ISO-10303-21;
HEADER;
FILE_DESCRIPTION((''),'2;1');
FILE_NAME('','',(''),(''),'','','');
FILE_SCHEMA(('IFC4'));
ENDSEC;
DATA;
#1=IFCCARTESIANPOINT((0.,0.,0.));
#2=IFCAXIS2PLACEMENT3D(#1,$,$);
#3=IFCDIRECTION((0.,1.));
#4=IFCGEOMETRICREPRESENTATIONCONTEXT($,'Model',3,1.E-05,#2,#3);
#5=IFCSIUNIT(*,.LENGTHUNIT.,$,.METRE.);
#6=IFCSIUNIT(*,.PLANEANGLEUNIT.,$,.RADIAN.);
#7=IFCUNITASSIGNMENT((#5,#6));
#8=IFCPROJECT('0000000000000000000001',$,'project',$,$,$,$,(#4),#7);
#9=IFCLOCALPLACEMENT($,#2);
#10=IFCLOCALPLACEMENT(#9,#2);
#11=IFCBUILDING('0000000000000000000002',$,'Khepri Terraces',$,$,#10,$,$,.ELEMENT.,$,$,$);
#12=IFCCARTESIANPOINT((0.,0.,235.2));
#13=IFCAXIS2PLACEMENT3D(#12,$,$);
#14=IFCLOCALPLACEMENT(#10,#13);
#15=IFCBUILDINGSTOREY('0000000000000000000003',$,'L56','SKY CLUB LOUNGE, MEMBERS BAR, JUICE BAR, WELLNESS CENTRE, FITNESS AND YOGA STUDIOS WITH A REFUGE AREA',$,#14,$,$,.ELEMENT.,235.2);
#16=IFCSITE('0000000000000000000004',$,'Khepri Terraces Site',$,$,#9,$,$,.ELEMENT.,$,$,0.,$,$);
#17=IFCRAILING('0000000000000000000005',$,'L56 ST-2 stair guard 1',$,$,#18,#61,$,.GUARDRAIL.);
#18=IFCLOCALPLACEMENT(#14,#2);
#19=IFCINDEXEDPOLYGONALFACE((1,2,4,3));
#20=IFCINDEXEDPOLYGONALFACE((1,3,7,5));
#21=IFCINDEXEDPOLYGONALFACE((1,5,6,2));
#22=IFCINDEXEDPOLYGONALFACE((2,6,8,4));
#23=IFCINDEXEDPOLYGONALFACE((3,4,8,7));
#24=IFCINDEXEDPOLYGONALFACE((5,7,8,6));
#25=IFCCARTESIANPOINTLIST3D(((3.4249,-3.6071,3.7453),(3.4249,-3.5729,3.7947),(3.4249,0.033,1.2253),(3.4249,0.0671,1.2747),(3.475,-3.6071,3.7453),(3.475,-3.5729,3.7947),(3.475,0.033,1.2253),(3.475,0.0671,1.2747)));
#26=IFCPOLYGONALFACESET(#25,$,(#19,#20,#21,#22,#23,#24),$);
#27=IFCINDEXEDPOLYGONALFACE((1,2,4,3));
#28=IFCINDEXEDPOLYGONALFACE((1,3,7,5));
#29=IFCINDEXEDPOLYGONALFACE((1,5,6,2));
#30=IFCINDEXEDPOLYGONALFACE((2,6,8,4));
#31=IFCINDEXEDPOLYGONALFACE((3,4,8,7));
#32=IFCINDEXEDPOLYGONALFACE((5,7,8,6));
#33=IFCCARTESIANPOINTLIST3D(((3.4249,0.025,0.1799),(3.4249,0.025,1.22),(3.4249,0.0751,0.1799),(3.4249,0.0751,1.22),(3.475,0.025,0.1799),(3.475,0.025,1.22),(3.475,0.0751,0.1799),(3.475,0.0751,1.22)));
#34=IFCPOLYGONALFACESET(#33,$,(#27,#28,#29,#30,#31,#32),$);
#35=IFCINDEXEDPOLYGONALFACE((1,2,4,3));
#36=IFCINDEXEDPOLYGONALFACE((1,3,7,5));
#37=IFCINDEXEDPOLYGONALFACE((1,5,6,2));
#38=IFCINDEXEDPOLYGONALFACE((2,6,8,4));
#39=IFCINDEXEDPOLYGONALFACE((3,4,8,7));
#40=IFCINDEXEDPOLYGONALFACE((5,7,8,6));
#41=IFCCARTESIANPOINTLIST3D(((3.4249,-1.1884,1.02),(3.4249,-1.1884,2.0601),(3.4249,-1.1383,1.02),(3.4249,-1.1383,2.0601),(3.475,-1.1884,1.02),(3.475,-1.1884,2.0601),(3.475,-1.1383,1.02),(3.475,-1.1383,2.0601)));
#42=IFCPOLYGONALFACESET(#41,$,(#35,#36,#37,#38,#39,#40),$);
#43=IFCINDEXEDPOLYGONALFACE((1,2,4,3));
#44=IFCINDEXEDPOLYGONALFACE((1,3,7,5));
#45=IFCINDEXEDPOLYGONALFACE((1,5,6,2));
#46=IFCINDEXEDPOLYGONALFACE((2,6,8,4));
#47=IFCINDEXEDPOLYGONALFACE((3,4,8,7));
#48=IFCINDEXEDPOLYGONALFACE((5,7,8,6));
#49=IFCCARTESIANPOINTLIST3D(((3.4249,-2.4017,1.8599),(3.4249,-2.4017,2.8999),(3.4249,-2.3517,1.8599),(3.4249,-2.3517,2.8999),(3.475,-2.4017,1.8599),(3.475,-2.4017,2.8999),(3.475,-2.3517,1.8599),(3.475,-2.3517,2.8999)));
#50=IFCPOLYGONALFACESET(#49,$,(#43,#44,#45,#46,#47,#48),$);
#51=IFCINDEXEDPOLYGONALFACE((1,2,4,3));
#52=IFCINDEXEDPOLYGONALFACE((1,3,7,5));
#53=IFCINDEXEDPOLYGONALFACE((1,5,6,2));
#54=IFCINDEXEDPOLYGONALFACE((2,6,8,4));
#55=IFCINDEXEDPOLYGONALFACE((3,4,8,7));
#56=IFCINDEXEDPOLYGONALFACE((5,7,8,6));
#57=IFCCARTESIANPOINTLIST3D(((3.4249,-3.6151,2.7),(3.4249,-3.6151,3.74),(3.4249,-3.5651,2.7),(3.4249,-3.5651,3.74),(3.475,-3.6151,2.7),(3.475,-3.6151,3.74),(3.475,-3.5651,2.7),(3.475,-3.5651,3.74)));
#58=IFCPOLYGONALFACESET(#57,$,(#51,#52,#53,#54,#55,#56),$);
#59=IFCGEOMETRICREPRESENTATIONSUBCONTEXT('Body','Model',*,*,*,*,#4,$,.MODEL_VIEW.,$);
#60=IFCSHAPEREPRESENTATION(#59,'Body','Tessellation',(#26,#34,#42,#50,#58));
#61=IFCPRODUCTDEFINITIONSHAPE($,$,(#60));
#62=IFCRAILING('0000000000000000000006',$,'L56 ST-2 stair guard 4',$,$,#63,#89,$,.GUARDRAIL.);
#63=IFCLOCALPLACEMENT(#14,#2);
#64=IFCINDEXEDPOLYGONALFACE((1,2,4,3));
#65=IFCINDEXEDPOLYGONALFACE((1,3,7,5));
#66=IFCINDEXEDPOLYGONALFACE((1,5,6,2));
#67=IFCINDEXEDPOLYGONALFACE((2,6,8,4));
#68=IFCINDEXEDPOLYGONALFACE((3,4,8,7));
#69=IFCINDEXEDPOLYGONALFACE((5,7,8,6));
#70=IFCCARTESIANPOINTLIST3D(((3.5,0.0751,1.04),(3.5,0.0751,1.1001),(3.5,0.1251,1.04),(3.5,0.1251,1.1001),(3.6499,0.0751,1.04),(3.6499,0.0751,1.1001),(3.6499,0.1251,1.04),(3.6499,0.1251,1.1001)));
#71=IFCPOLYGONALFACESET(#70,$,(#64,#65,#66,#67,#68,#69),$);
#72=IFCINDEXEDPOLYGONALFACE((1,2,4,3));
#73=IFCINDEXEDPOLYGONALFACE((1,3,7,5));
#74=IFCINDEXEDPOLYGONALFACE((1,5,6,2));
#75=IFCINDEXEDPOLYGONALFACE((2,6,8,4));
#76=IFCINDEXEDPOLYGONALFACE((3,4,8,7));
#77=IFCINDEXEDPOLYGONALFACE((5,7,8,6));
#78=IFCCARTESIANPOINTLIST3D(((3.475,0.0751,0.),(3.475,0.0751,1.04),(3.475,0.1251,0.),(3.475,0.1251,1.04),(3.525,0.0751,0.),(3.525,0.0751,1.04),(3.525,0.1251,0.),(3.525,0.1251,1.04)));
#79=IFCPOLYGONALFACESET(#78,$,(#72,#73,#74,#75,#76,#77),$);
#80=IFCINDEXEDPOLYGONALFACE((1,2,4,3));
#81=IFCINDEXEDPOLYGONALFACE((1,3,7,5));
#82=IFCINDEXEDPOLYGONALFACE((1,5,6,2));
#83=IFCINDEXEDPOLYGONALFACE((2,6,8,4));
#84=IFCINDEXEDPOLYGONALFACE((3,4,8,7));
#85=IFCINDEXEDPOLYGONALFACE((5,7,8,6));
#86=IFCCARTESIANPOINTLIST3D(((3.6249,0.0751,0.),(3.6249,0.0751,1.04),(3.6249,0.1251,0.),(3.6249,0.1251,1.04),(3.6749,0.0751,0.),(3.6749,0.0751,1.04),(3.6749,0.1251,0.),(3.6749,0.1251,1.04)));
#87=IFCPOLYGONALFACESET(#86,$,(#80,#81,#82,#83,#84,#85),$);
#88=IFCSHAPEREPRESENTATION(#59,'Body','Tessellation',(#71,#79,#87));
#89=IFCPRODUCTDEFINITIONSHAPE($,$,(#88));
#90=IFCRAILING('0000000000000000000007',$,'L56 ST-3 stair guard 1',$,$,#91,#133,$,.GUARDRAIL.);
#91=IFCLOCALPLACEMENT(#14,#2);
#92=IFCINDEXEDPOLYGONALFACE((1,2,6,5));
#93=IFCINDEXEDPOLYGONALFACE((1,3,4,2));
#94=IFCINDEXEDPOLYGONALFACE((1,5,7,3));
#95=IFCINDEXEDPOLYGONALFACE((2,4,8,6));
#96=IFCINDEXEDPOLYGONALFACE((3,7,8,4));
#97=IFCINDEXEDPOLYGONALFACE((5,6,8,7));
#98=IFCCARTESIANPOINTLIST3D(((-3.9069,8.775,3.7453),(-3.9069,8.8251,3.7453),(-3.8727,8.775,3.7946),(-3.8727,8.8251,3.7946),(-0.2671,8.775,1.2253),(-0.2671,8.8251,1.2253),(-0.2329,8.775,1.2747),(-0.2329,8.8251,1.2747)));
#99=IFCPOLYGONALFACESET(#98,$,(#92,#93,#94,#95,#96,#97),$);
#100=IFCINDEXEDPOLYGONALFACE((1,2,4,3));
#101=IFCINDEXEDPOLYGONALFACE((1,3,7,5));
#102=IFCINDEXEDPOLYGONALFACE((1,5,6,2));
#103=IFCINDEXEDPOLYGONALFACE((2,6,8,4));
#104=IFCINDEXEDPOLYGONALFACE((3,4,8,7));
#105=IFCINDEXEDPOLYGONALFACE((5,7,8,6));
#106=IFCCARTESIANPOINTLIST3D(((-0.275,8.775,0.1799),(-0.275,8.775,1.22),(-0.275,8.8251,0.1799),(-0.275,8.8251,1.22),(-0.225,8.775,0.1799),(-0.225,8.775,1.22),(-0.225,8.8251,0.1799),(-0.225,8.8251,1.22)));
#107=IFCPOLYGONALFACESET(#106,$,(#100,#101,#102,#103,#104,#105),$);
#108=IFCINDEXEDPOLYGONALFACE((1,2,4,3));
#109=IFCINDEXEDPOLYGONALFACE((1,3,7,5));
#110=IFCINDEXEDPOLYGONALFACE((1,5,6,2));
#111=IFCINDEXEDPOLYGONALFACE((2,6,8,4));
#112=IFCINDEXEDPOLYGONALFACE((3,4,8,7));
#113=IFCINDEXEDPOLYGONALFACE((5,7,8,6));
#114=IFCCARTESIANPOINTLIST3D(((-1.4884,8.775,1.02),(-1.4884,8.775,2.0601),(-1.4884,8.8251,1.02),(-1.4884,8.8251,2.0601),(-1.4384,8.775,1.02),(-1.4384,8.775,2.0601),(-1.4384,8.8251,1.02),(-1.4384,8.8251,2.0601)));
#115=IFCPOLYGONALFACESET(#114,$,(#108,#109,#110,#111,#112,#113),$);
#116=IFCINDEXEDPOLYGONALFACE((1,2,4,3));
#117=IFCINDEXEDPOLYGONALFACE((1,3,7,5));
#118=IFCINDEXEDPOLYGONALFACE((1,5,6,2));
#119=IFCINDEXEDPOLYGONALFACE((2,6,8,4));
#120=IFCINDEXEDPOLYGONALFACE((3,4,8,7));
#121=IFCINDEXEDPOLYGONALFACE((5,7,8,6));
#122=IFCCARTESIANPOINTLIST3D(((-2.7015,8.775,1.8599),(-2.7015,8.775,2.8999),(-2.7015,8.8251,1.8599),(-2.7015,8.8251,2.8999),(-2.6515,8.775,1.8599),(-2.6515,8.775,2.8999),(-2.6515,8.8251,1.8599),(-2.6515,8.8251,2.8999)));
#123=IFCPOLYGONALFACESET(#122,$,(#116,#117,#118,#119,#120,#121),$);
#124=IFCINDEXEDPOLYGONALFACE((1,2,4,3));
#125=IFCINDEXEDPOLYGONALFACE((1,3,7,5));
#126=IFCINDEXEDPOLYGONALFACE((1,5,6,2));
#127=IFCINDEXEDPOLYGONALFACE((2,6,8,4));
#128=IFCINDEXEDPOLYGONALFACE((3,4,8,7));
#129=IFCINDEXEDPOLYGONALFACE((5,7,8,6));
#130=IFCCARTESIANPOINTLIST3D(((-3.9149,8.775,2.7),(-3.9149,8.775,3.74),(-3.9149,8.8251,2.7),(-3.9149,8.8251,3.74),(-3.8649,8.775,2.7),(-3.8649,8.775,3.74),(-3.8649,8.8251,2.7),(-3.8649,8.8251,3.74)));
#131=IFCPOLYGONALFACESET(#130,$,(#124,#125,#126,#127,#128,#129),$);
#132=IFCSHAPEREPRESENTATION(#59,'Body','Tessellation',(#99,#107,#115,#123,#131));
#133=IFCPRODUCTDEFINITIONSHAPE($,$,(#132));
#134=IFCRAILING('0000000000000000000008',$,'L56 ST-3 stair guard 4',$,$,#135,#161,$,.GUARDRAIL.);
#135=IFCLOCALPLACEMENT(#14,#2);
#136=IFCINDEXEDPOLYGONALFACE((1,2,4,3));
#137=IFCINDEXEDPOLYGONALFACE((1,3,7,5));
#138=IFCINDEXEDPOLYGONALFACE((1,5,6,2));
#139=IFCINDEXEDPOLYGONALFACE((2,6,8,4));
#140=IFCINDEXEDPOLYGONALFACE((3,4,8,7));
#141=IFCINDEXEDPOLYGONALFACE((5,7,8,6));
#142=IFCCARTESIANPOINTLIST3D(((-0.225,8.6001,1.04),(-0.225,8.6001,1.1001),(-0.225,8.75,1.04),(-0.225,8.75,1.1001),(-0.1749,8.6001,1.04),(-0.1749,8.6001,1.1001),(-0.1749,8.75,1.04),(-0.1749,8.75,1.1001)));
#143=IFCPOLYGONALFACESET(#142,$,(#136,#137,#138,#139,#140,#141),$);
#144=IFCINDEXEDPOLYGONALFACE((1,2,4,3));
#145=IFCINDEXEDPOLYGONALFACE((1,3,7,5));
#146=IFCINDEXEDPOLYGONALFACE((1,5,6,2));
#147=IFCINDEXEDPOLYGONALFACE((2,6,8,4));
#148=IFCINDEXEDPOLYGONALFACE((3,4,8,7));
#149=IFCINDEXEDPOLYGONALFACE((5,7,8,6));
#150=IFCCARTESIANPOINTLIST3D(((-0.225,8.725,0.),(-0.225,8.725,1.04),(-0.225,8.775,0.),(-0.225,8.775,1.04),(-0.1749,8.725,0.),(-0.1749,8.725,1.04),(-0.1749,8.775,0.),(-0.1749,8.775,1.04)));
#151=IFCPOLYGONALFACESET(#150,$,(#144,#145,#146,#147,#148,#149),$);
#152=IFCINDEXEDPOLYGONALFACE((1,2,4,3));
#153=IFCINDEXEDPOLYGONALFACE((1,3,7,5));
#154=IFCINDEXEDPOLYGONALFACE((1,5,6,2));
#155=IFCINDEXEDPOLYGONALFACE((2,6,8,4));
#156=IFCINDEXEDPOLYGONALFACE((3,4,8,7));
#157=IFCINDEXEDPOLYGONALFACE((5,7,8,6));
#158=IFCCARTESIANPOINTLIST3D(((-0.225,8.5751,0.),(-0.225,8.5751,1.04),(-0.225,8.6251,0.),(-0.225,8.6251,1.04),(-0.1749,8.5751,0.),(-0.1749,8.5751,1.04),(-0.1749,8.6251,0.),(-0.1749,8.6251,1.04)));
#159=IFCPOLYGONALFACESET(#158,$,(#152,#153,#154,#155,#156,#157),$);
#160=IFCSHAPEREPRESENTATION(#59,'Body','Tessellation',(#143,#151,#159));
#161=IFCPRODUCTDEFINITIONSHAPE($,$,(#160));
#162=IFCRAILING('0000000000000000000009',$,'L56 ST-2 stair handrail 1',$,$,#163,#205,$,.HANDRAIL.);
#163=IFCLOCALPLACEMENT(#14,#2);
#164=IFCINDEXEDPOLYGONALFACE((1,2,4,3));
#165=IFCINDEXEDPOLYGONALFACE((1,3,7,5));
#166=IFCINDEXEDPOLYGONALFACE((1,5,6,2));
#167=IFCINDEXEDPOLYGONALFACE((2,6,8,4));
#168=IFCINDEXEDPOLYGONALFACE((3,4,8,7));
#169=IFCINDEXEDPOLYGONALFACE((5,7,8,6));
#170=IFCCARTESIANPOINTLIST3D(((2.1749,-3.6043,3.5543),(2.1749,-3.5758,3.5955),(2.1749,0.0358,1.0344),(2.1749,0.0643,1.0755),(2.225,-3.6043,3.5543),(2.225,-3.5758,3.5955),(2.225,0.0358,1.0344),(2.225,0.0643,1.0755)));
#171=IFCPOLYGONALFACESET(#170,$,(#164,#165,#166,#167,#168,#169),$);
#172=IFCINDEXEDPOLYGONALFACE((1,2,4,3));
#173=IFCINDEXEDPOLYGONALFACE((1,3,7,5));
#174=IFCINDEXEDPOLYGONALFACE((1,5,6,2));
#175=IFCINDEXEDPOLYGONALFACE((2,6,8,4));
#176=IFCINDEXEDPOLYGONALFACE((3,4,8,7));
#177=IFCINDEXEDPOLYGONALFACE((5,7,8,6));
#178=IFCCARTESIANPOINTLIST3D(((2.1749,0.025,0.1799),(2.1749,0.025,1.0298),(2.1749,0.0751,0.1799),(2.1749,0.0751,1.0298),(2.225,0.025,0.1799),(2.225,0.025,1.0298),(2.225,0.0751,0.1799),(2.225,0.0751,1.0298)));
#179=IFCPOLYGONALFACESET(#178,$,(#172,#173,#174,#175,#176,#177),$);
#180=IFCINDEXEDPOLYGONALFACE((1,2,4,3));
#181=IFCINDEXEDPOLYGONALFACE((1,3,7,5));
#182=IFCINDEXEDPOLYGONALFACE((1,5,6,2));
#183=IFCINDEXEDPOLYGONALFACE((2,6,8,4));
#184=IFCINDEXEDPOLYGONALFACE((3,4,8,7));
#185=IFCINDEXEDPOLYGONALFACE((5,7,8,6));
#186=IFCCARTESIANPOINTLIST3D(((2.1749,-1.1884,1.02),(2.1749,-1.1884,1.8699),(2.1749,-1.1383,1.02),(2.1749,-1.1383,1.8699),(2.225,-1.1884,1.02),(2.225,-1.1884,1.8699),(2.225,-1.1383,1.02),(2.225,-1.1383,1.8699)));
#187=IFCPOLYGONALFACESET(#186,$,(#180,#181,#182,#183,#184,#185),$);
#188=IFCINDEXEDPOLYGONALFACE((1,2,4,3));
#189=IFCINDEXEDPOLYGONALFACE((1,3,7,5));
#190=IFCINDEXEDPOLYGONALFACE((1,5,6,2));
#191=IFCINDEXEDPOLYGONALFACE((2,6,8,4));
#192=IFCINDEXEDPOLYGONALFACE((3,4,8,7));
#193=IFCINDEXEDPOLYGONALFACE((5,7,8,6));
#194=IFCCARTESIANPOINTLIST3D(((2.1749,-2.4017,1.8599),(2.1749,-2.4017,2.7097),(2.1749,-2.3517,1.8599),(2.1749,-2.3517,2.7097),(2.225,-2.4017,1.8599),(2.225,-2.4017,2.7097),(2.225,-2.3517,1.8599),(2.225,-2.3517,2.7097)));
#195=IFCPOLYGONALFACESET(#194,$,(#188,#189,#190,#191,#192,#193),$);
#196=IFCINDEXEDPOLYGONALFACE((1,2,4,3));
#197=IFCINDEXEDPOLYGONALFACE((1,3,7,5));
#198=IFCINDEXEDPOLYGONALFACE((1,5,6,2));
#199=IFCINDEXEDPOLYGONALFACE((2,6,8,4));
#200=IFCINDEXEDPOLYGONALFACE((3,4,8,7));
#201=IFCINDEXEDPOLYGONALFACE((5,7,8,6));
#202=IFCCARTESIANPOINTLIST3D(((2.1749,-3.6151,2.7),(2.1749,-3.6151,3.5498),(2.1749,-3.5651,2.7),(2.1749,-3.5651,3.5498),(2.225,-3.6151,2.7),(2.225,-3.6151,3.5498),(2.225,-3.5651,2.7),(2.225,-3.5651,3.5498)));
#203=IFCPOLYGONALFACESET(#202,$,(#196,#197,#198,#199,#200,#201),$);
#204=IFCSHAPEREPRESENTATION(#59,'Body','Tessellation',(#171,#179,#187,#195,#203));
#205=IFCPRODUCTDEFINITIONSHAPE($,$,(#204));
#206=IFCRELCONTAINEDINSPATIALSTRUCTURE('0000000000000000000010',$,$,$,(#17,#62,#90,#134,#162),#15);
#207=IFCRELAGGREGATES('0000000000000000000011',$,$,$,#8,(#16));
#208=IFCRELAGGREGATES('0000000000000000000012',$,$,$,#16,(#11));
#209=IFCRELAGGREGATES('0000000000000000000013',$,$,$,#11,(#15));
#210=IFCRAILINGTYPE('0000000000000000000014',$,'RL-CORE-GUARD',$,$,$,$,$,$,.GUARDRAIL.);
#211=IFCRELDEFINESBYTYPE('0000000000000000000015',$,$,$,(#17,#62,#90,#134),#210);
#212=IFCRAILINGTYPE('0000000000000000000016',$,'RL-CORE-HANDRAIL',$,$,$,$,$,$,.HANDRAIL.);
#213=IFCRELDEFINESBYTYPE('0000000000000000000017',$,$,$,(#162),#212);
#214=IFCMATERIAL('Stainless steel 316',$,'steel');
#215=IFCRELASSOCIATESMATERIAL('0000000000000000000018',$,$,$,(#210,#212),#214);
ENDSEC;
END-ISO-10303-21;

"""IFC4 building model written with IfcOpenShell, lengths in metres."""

from ifc_helpers import new_model, si_unit, direction, frame, origin, origin_2d, place, context, subcontext, project, spatial, rectangle, extrude, material, type_object, element, save


model = new_model("IFC4")

# Units and contexts
model_context = context("Model", 3, precision=1e-05, world=origin(), true_north=direction((0.0, 1.0)))
body_context = subcontext(model_context, "Body", "Model", "MODEL_VIEW")
ifc_project = project(units=[si_unit("LENGTHUNIT", "METRE"), si_unit("PLANEANGLEUNIT", "RADIAN")], contexts=[model_context])

# Site, building, storey
site_placement = place(None, origin())
site = spatial("IfcSite", under=ifc_project, at=site_placement, Name="Khepri Terraces Site", CompositionType="ELEMENT", RefElevation=0.0)
building_placement = place(site_placement, origin())
building = spatial("IfcBuilding", under=site, at=building_placement, Name="Khepri Terraces", CompositionType="ELEMENT")
storey_placement = place(building_placement, frame((0.0, 0.0, 235.2)))
storey = spatial("IfcBuildingStorey", under=building, at=storey_placement, Name="L56", Description="SKY CLUB LOUNGE, MEMBERS BAR, JUICE BAR, WELLNESS CENTRE, FITNESS AND YOGA STUDIOS WITH A REFUGE AREA", CompositionType="ELEMENT", Elevation=235.2)

# Railings
ifc_material_1 = material(Name="Stainless steel 316", Category="steel")
railing_type_1 = type_object("IfcRailingType", Name="RL-CORE-GUARD", PredefinedType="GUARDRAIL", material=ifc_material_1)
railing_1_placement = place(storey_placement, frame((3.45, 0.05, 0.1799)))
element("IfcRailing", 1, at=railing_1_placement, inside=storey, type_object=railing_type_1, Name="L56 ST-2 stair guard 1", PredefinedType="GUARDRAIL", context=body_context, shape_type="SweptSolid", body=[
    extrude(rectangle(XDim=0.05, YDim=0.0601, at=origin_2d()), frame((0.0, 0.0, 1.0701), z_axis=(0.0, -0.8222, 0.569199), x_axis=(1.0, 0.0, 0.0)), (0.0, 0.0, 1.0), 4.4272),
    extrude(rectangle(XDim=0.05, YDim=0.05, at=origin_2d()), origin(), (0.0, 0.0, 1.0), 1.04),
    extrude(rectangle(XDim=0.05, YDim=0.05, at=origin_2d()), frame((0.0, -1.2134, 0.8401)), (0.0, 0.0, 1.0), 1.04),
    extrude(rectangle(XDim=0.05, YDim=0.05, at=origin_2d()), frame((0.0, -2.4268, 1.6799)), (0.0, 0.0, 1.0), 1.04),
    extrude(rectangle(XDim=0.05, YDim=0.05, at=origin_2d()), frame((0.0, -3.6401, 2.52)), (0.0, 0.0, 1.0), 1.04),
])
railing_2_placement = place(storey_placement, frame((3.5, 0.1001, 0.0)))
element("IfcRailing", 2, at=railing_2_placement, inside=storey, type_object=railing_type_1, Name="L56 ST-2 stair guard 4", PredefinedType="GUARDRAIL", context=body_context, shape_type="SweptSolid", body=[
    extrude(rectangle(XDim=0.05, YDim=0.0601, at=origin_2d()), frame((0.0, 0.0, 1.0701), z_axis=(1.0, 0.0, 0.0), x_axis=(0.0, 1.0, 0.0)), (0.0, 0.0, 1.0), 0.1499),
    extrude(rectangle(XDim=0.05, YDim=0.05, at=origin_2d()), origin(), (0.0, 0.0, 1.0), 1.04),
    extrude(rectangle(XDim=0.05, YDim=0.05, at=origin_2d()), frame((0.1499, 0.0, 0.0)), (0.0, 0.0, 1.0), 1.04),
])
railing_3_placement = place(storey_placement, frame((-0.25, 8.8, 0.1799)))
element("IfcRailing", 3, at=railing_3_placement, inside=storey, type_object=railing_type_1, Name="L56 ST-3 stair guard 1", PredefinedType="GUARDRAIL", context=body_context, shape_type="SweptSolid", body=[
    extrude(rectangle(XDim=0.05, YDim=0.0601, at=origin_2d()), frame((0.0, 0.0, 1.0701), z_axis=(-0.822182, 0.0, 0.569224), x_axis=(0.0, -1.0, 0.0)), (0.0, 0.0, 1.0), 4.427),
    extrude(rectangle(XDim=0.05, YDim=0.05, at=origin_2d()), origin(), (0.0, 0.0, 1.0), 1.04),
    extrude(rectangle(XDim=0.05, YDim=0.05, at=origin_2d()), frame((-1.2134, 0.0, 0.8401)), (0.0, 0.0, 1.0), 1.04),
    extrude(rectangle(XDim=0.05, YDim=0.05, at=origin_2d()), frame((-2.4265, 0.0, 1.6799)), (0.0, 0.0, 1.0), 1.04),
    extrude(rectangle(XDim=0.05, YDim=0.05, at=origin_2d()), frame((-3.6399, 0.0, 2.52)), (0.0, 0.0, 1.0), 1.04),
])
railing_4_placement = place(storey_placement, frame((-0.2, 8.75, 0.0)))
element("IfcRailing", 4, at=railing_4_placement, inside=storey, type_object=railing_type_1, Name="L56 ST-3 stair guard 4", PredefinedType="GUARDRAIL", context=body_context, shape_type="SweptSolid", body=[
    extrude(rectangle(XDim=0.05, YDim=0.0601, at=origin_2d()), frame((0.0, 0.0, 1.0701), z_axis=(0.0, -1.0, 0.0), x_axis=(1.0, 0.0, 0.0)), (0.0, 0.0, 1.0), 0.1499),
    extrude(rectangle(XDim=0.05, YDim=0.05, at=origin_2d()), origin(), (0.0, 0.0, 1.0), 1.04),
    extrude(rectangle(XDim=0.05, YDim=0.05, at=origin_2d()), frame((0.0, -0.1499, 0.0)), (0.0, 0.0, 1.0), 1.04),
])
railing_type_2 = type_object("IfcRailingType", Name="RL-CORE-HANDRAIL", PredefinedType="HANDRAIL", material=ifc_material_1)
railing_5_placement = place(storey_placement, frame((2.2, 0.05, 0.1799)))
element("IfcRailing", 5, at=railing_5_placement, inside=storey, type_object=railing_type_2, Name="L56 ST-2 stair handrail 1", PredefinedType="HANDRAIL", context=body_context, shape_type="SweptSolid", body=[
    extrude(rectangle(XDim=0.05, YDim=0.05, at=origin_2d()), frame((0.0, 0.0, 0.875), z_axis=(0.0, -0.8222, 0.569199), x_axis=(1.0, 0.0, 0.0)), (0.0, 0.0, 1.0), 4.4272),
    extrude(rectangle(XDim=0.05, YDim=0.05, at=origin_2d()), origin(), (0.0, 0.0, 1.0), 0.8499),
    extrude(rectangle(XDim=0.05, YDim=0.05, at=origin_2d()), frame((0.0, -1.2134, 0.8401)), (0.0, 0.0, 1.0), 0.8499),
    extrude(rectangle(XDim=0.05, YDim=0.05, at=origin_2d()), frame((0.0, -2.4268, 1.6799)), (0.0, 0.0, 1.0), 0.8499),
    extrude(rectangle(XDim=0.05, YDim=0.05, at=origin_2d()), frame((0.0, -3.6401, 2.52)), (0.0, 0.0, 1.0), 0.8499),
])

save(model, "model.ifc")
